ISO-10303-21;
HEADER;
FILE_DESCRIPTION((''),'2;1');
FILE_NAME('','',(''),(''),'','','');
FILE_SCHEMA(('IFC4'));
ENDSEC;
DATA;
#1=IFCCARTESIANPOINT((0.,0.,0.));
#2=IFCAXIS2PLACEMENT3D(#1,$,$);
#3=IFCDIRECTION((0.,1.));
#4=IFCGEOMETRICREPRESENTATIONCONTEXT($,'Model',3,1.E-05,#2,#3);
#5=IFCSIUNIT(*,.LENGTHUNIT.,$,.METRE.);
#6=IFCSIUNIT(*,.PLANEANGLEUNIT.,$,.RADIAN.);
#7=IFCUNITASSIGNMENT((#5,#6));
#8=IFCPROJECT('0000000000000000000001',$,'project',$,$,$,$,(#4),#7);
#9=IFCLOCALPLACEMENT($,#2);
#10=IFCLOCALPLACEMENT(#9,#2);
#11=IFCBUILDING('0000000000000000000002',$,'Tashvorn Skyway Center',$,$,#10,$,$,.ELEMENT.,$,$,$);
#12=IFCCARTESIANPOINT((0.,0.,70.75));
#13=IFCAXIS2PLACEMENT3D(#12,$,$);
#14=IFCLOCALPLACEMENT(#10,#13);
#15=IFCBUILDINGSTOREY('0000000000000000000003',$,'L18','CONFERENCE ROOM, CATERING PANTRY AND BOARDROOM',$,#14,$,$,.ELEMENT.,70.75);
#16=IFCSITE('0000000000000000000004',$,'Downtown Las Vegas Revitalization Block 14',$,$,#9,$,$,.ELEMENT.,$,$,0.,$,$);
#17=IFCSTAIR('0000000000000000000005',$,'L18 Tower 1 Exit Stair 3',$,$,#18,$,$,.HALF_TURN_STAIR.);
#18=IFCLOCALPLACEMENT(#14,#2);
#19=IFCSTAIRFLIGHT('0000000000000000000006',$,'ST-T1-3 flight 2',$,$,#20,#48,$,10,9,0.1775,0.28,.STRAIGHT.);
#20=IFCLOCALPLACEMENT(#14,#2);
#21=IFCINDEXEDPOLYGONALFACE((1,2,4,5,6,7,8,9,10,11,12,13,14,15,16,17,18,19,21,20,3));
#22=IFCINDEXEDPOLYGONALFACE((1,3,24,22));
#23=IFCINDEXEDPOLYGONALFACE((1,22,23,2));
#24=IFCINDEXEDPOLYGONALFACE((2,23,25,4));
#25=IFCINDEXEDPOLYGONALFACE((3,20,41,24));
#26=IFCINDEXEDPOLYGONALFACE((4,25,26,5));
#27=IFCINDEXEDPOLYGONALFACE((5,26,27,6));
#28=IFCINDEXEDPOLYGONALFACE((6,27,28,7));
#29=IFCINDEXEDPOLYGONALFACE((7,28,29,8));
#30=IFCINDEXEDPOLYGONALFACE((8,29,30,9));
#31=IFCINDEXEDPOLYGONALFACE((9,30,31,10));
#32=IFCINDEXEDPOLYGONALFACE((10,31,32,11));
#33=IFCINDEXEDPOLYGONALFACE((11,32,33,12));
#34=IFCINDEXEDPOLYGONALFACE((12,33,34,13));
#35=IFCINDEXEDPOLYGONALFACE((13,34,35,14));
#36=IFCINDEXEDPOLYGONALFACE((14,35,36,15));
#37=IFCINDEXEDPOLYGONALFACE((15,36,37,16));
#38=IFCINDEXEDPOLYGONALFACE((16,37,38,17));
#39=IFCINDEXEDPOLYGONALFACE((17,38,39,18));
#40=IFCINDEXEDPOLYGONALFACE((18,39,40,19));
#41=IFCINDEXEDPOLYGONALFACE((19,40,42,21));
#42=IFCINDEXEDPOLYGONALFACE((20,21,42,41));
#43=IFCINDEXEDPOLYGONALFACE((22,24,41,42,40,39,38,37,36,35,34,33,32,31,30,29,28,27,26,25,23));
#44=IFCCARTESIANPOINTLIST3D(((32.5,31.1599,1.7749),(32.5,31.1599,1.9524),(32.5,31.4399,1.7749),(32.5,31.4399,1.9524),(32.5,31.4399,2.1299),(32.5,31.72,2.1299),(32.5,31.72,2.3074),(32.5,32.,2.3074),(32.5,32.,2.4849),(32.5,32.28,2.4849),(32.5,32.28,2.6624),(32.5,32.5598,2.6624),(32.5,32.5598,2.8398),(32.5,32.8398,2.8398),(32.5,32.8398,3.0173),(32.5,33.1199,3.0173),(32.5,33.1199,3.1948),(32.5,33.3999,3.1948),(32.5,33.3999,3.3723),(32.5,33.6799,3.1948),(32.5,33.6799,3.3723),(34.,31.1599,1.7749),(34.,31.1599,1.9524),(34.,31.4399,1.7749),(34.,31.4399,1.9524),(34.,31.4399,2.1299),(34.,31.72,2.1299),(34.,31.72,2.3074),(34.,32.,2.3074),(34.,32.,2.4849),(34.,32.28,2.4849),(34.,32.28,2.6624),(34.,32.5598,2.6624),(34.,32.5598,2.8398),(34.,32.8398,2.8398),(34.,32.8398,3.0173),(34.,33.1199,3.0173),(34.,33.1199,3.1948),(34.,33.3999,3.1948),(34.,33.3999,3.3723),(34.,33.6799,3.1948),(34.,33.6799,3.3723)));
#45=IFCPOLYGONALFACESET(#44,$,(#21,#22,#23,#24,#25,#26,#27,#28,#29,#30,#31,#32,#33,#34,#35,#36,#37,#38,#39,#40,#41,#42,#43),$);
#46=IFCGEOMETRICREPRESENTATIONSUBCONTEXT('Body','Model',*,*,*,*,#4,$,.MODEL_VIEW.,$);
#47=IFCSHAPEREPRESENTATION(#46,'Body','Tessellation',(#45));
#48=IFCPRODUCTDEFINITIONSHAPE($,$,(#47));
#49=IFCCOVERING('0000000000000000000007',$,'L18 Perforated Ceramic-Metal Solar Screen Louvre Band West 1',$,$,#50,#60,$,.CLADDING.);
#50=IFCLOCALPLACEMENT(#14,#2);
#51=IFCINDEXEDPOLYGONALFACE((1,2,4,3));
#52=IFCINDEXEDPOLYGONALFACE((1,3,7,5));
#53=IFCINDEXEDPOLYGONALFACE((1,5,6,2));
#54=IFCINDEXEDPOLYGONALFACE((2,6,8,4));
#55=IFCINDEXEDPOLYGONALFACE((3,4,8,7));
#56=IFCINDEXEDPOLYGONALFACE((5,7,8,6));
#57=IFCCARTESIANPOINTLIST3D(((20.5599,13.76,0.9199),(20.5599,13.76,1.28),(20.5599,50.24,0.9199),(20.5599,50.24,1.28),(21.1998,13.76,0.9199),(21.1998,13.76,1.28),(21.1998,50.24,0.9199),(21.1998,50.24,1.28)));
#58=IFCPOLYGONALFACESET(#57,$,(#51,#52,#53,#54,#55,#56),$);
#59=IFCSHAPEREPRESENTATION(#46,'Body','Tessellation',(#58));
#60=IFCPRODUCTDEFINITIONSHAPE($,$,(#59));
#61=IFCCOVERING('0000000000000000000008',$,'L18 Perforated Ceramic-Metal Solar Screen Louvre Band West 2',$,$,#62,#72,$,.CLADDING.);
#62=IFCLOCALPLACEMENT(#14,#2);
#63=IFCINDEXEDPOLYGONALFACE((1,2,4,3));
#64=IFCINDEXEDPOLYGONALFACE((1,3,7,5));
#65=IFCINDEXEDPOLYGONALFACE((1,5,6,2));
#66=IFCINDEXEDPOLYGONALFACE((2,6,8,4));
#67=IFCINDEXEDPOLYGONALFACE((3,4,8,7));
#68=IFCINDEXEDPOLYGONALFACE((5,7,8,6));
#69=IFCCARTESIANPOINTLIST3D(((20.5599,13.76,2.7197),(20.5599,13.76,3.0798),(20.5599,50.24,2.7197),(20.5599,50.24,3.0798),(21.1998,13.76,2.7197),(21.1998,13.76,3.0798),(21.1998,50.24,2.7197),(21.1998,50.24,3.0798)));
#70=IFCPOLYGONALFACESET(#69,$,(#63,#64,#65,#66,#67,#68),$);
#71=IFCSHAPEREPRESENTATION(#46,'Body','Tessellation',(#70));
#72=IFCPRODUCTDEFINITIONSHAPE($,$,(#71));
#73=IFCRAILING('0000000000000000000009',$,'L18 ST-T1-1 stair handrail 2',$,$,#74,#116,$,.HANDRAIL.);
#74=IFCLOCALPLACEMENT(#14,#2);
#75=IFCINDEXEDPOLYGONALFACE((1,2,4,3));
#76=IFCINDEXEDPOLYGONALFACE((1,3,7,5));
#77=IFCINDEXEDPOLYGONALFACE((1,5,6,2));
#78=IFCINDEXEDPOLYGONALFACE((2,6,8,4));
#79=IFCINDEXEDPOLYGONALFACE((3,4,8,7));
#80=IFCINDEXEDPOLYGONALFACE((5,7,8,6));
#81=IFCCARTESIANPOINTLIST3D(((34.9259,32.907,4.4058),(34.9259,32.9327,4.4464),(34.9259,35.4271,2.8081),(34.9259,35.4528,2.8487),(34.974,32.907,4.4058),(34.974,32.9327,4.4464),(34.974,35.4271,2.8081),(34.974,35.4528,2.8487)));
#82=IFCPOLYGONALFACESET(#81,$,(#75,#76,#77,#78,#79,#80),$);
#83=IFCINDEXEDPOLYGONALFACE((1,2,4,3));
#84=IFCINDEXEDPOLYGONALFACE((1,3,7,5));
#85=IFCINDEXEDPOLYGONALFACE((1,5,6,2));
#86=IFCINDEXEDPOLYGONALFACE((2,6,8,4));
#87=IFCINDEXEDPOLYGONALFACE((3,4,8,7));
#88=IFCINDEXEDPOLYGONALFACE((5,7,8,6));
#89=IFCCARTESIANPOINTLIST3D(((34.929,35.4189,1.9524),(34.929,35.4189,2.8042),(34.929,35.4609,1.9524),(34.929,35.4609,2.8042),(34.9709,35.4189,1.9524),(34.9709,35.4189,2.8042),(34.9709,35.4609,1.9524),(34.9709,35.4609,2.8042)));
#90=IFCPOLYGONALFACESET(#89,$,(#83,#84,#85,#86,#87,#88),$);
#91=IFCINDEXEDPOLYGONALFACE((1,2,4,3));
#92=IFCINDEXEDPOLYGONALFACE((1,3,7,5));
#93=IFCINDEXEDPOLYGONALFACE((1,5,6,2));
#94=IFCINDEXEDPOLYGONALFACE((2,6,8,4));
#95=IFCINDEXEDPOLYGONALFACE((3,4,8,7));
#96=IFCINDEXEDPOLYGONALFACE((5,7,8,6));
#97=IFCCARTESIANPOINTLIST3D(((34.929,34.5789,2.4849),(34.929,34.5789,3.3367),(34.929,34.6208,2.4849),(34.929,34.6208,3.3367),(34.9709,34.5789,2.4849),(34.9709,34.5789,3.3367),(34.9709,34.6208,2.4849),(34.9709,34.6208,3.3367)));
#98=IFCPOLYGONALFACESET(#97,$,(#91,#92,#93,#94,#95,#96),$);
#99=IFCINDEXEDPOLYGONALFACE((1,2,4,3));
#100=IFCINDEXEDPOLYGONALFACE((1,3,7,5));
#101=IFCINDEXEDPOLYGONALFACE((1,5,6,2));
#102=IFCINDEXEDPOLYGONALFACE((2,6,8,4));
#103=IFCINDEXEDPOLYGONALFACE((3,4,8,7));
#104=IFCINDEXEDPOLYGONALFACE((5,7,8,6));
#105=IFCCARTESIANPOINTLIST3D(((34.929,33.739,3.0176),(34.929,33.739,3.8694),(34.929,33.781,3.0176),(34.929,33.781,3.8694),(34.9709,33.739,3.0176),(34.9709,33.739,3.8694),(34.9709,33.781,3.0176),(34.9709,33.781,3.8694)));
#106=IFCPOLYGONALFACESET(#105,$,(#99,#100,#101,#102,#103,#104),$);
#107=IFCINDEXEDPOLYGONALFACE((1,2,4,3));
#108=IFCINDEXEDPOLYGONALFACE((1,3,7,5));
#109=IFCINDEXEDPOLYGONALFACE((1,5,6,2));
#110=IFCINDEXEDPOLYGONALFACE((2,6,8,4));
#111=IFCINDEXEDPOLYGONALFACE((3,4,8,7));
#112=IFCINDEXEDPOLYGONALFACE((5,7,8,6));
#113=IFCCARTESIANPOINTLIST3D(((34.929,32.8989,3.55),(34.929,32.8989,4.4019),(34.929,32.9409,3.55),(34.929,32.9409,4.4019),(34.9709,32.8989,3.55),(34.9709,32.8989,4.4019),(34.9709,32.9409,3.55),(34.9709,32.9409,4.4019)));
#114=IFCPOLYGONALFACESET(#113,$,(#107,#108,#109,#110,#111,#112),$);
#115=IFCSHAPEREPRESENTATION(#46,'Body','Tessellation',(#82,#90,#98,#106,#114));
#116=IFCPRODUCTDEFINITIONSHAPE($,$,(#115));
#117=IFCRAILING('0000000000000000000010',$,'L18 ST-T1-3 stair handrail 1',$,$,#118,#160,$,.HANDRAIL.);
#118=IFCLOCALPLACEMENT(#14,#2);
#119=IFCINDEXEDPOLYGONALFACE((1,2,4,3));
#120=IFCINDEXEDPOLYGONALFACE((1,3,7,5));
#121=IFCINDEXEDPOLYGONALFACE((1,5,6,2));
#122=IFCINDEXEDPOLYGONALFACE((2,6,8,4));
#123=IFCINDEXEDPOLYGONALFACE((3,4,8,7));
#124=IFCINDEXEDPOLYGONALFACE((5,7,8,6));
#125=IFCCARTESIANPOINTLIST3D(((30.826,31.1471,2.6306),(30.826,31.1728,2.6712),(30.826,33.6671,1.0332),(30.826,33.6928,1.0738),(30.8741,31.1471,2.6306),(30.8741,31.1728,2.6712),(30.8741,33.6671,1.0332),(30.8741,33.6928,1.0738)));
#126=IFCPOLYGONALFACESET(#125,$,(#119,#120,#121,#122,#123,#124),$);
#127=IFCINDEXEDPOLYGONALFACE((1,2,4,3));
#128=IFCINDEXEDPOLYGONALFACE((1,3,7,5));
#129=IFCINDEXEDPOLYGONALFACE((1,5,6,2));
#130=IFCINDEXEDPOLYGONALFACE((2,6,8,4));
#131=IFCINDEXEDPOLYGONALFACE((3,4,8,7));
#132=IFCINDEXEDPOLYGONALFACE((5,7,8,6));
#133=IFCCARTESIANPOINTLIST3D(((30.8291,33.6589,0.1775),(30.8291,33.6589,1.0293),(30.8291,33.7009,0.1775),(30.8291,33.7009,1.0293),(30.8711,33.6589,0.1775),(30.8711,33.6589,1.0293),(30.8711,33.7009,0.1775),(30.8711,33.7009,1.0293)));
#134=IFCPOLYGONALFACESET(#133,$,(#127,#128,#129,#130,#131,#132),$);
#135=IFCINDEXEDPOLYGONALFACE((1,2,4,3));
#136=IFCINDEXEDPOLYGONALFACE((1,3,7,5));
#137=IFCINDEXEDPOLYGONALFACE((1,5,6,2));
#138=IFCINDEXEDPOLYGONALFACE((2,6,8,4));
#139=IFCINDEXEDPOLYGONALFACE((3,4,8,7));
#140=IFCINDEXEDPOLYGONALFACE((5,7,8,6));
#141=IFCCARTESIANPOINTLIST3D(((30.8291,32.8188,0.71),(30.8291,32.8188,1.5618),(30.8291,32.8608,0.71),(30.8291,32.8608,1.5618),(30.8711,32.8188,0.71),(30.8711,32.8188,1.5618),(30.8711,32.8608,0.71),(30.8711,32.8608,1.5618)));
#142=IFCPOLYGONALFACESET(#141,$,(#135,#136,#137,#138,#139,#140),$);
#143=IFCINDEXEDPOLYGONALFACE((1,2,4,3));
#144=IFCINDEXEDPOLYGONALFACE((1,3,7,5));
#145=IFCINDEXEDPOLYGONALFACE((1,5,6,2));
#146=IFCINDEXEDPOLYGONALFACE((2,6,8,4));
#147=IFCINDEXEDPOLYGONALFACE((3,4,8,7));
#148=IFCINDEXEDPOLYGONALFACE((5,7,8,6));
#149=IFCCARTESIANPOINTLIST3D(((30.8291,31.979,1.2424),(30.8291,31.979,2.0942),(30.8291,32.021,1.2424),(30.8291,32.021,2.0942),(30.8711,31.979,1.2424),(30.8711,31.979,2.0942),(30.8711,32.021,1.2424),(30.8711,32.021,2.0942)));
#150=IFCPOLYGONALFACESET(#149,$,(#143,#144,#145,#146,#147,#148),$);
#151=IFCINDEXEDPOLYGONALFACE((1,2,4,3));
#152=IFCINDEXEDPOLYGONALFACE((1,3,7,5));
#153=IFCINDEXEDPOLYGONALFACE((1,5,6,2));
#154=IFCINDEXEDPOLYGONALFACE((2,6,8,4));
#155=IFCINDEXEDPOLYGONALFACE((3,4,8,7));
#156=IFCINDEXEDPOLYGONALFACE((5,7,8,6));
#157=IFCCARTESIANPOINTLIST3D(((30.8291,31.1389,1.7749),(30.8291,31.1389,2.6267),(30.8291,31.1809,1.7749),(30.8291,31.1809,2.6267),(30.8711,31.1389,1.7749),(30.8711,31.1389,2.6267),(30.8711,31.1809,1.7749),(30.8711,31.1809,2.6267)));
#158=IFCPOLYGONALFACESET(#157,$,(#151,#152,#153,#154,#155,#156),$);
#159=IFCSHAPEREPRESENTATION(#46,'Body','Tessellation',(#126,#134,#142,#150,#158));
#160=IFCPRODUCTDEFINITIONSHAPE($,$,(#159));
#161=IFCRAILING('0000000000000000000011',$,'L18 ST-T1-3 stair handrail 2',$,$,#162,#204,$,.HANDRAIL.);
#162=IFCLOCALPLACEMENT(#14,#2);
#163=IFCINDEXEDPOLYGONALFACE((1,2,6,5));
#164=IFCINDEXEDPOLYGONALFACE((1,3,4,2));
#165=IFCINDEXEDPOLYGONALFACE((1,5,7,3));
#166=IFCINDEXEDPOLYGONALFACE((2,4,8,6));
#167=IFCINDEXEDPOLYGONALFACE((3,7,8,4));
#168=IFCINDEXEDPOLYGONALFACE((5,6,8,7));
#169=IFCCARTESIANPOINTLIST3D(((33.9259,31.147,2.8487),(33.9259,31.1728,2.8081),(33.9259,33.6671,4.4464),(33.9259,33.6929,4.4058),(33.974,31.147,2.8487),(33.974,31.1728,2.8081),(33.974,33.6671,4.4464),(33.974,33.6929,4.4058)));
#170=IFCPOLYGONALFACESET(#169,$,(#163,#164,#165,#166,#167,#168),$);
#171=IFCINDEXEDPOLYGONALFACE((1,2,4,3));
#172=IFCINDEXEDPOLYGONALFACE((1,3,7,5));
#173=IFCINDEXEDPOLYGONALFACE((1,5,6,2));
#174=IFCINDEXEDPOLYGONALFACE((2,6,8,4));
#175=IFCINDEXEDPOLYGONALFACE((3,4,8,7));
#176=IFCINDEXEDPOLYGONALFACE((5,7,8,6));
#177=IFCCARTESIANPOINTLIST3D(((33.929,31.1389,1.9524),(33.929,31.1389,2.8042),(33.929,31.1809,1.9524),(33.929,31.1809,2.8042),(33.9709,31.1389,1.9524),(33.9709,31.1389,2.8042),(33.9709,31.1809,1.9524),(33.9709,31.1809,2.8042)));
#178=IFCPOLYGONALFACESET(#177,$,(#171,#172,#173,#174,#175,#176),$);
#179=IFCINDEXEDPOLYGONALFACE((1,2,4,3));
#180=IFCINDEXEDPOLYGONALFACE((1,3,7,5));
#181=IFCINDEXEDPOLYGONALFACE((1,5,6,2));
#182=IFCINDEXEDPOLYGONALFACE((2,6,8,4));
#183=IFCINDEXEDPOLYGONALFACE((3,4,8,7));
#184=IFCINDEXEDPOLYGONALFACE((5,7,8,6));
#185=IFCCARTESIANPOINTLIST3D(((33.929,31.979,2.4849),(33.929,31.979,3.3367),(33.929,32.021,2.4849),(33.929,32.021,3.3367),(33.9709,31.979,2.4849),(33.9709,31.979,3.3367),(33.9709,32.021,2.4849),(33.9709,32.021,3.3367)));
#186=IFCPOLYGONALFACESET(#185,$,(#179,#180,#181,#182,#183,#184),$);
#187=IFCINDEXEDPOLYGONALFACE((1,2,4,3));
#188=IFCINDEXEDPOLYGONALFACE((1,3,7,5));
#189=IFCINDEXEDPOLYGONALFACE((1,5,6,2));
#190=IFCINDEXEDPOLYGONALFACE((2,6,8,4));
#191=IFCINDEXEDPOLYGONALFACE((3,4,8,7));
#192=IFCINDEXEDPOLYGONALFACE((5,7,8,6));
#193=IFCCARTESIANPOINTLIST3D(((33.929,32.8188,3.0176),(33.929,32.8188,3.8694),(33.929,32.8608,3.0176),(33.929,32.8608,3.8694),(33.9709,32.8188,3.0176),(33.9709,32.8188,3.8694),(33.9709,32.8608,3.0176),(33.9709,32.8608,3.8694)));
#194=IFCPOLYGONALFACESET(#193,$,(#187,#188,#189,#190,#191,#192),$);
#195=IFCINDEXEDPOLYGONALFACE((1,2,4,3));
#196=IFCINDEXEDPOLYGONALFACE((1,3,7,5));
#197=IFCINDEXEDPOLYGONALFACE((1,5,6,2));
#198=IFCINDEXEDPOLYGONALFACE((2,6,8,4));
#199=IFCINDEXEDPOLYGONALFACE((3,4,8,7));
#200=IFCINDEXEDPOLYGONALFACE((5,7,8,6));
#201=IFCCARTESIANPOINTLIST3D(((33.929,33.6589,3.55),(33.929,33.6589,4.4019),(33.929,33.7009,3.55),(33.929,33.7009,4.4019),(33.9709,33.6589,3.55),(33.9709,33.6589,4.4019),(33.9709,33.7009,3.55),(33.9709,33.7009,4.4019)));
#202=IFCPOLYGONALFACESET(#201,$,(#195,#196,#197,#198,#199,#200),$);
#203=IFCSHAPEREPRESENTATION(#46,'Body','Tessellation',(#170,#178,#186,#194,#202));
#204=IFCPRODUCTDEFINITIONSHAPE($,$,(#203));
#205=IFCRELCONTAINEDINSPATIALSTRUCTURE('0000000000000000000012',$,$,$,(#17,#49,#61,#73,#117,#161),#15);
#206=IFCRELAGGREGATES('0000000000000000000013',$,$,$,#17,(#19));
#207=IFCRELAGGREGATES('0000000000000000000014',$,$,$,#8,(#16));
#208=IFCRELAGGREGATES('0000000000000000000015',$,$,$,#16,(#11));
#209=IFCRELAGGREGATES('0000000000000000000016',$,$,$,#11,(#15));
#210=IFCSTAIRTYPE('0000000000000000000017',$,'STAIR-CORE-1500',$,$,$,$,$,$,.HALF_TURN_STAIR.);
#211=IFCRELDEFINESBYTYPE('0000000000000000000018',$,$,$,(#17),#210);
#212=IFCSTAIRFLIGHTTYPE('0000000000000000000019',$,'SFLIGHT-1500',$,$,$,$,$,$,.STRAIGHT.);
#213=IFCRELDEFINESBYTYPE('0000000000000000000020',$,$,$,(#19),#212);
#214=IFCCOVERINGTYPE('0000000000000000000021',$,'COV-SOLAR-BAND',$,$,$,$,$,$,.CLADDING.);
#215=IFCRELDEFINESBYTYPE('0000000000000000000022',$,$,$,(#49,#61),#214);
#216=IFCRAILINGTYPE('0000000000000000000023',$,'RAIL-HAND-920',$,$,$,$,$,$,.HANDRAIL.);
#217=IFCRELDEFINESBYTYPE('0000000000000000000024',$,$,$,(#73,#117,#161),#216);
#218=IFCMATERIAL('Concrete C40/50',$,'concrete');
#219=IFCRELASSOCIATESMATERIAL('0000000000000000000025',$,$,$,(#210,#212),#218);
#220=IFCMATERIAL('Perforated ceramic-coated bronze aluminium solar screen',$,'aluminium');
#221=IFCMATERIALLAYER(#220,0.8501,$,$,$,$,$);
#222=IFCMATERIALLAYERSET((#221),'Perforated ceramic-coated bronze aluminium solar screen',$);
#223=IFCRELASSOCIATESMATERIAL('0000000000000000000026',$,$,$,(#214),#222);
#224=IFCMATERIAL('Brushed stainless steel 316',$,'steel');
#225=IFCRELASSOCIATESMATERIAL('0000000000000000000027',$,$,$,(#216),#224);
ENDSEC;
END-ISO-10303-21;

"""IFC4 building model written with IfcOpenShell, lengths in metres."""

from ifc_helpers import new_model, si_unit, direction, frame, origin, origin_2d, place, context, subcontext, project, spatial, polyline, rectangle, outline, extrude, material, layer, layer_set, type_object, element, aggregate, save


model = new_model("IFC4")

# Units and contexts
model_context = context("Model", 3, precision=1e-05, world=origin(), true_north=direction((0.0, 1.0)))
body_context = subcontext(model_context, "Body", "Model", "MODEL_VIEW")
ifc_project = project(units=[si_unit("LENGTHUNIT", "METRE"), si_unit("PLANEANGLEUNIT", "RADIAN")], contexts=[model_context])

# Site, building, storey
site_placement = place(None, origin())
site = spatial("IfcSite", under=ifc_project, at=site_placement, Name="Downtown Las Vegas Revitalization Block 14", CompositionType="ELEMENT", RefElevation=0.0)
building_placement = place(site_placement, origin())
building = spatial("IfcBuilding", under=site, at=building_placement, Name="Tashvorn Skyway Center", CompositionType="ELEMENT")
storey_placement = place(building_placement, frame((0.0, 0.0, 70.75)))
storey = spatial("IfcBuildingStorey", under=building, at=storey_placement, Name="L18", Description="CONFERENCE ROOM, CATERING PANTRY AND BOARDROOM", CompositionType="ELEMENT", Elevation=70.75)

# Shared definitions
ifc_material_1 = material(Name="Concrete C40/50", Category="concrete")

# Stair, stair flight
stair_type = type_object("IfcStairType", Name="STAIR-CORE-1500", PredefinedType="HALF_TURN_STAIR", material=ifc_material_1)
stair_flight_type = type_object("IfcStairFlightType", Name="SFLIGHT-1500", PredefinedType="STRAIGHT", material=ifc_material_1)
stair_1_placement = place(storey_placement, origin())
stair_1 = element("IfcStair", 1, at=stair_1_placement, inside=storey, type_object=stair_type, Name="L18 Tower 1 Exit Stair 3", PredefinedType="HALF_TURN_STAIR")
stair_flight_1_placement = place(storey_placement, frame((33.25, 31.1599, 1.7749), z_axis=(0.0, 0.0, 1.0), x_axis=(0.0, 1.0, 0.0)))
stair_flight_1 = element("IfcStairFlight", 2, at=stair_flight_1_placement, type_object=stair_flight_type, Name="ST-T1-3 flight 2", NumberOfRisers=10, NumberOfTreads=9, PredefinedType="STRAIGHT", RiserHeight=0.1775, TreadLength=0.28, context=body_context, shape_type="SweptSolid", body=[
    extrude(outline(polyline([(0.0, 0.0), (0.0, 0.1775), (0.28, 0.1775), (0.28, 0.355), (0.5601, 0.355), (0.5601, 0.5325), (0.8401, 0.5325), (0.8401, 0.71), (1.1201, 0.71), (1.1201, 0.8875), (1.3999, 0.8875), (1.3999, 1.0649), (1.6799, 1.0649), (1.6799, 1.2424), (1.96, 1.2424), (1.96, 1.4199), (2.24, 1.4199), (2.24, 1.5974), (2.52, 1.5974), (2.52, 1.7749), (2.52, 1.4199), (0.28, 0.0), (0.0, 0.0)])), frame((0.0, 0.75, 0.0), z_axis=(0.0, -1.0, 0.0), x_axis=(1.0, 0.0, 0.0)), (0.0, 0.0, 1.0), 1.5),
])
aggregate(stair_1, [stair_flight_1])

# Coverings
ifc_material_2 = material(Name="Perforated ceramic-coated bronze aluminium solar screen", Category="aluminium")
ifc_layer_1 = layer(ifc_material_2, 0.8501)
ifc_layer_set_1 = layer_set([ifc_layer_1], Name="Perforated ceramic-coated bronze aluminium solar screen")
covering_type = type_object("IfcCoveringType", Name="COV-SOLAR-BAND", PredefinedType="CLADDING", material=ifc_layer_set_1)
for number, where, z_axis, x_axis, name in (
    (3, (20.8799, 32.0, 0.9199), (0.0, 0.0, 1.0), (0.0, 1.0, 0.0), "L18 Perforated Ceramic-Metal Solar Screen Louvre Band West 1"),
    (4, (20.8799, 32.0, 2.7197), (0.0, 0.0, 1.0), (0.0, 1.0, 0.0), "L18 Perforated Ceramic-Metal Solar Screen Louvre Band West 2"),
):
    element("IfcCovering", number, at=place(storey_placement, frame(where, z_axis=z_axis, x_axis=x_axis)), inside=storey, type_object=covering_type, Name=name, PredefinedType="CLADDING", context=body_context, shape_type="SweptSolid", body=[
        extrude(rectangle(XDim=36.48, YDim=0.6399, at=origin_2d()), origin(), (0.0, 0.0, 1.0), 0.3601),
    ])

# Railings
ifc_material_3 = material(Name="Brushed stainless steel 316", Category="steel")
railing_type_1 = type_object("IfcRailingType", Name="RAIL-HAND-920", PredefinedType="HANDRAIL", material=ifc_material_3)
railing_1_placement = place(storey_placement, frame((34.95, 35.4399, 1.9524)))
element("IfcRailing", 5, at=railing_1_placement, inside=storey, type_object=railing_type_1, Name="L18 ST-T1-1 stair handrail 2", PredefinedType="HANDRAIL", context=body_context, shape_type="SweptSolid", body=[
    extrude(rectangle(XDim=0.0481, YDim=0.0481, at=origin_2d()), frame((0.0, 0.0, 0.876), z_axis=(0.0, -0.84457, 0.535445), x_axis=(1.0, 0.0, 0.0)), (0.0, 0.0, 1.0), 2.9839),
    extrude(rectangle(XDim=0.042, YDim=0.042, at=origin_2d()), origin(), (0.0, 0.0, 1.0), 0.8518),
    extrude(rectangle(XDim=0.042, YDim=0.042, at=origin_2d()), frame((0.0, -0.8401, 0.5325)), (0.0, 0.0, 1.0), 0.8518),
    extrude(rectangle(XDim=0.042, YDim=0.042, at=origin_2d()), frame((0.0, -1.6799, 1.0652)), (0.0, 0.0, 1.0), 0.8518),
    extrude(rectangle(XDim=0.042, YDim=0.042, at=origin_2d()), frame((0.0, -2.52, 1.5977)), (0.0, 0.0, 1.0), 0.8518),
])
railing_2_placement = place(storey_placement, frame((30.8501, 33.6799, 0.1775)))
element("IfcRailing", 6, at=railing_2_placement, inside=storey, type_object=railing_type_1, Name="L18 ST-T1-3 stair handrail 1", PredefinedType="HANDRAIL", context=body_context, shape_type="SweptSolid", body=[
    extrude(rectangle(XDim=0.0481, YDim=0.0481, at=origin_2d()), frame((0.0, 0.0, 0.876), z_axis=(0.0, -0.844607, 0.535387), x_axis=(1.0, 0.0, 0.0)), (0.0, 0.0, 1.0), 2.9836),
    extrude(rectangle(XDim=0.042, YDim=0.042, at=origin_2d()), origin(), (0.0, 0.0, 1.0), 0.8518),
    extrude(rectangle(XDim=0.042, YDim=0.042, at=origin_2d()), frame((0.0, -0.8401, 0.5325)), (0.0, 0.0, 1.0), 0.8518),
    extrude(rectangle(XDim=0.042, YDim=0.042, at=origin_2d()), frame((0.0, -1.6799, 1.0649)), (0.0, 0.0, 1.0), 0.8518),
    extrude(rectangle(XDim=0.042, YDim=0.042, at=origin_2d()), frame((0.0, -2.52, 1.5974)), (0.0, 0.0, 1.0), 0.8518),
])
railing_3_placement = place(storey_placement, frame((33.95, 31.1599, 1.9524)))
element("IfcRailing", 7, at=railing_3_placement, inside=storey, type_object=railing_type_1, Name="L18 ST-T1-3 stair handrail 2", PredefinedType="HANDRAIL", context=body_context, shape_type="SweptSolid", body=[
    extrude(rectangle(XDim=0.0481, YDim=0.0481, at=origin_2d()), frame((0.0, 0.0, 0.876), z_axis=(0.0, 0.84457, 0.535445), x_axis=(-1.0, 0.0, 0.0)), (0.0, 0.0, 1.0), 2.9839),
    extrude(rectangle(XDim=0.042, YDim=0.042, at=origin_2d()), origin(), (0.0, 0.0, 1.0), 0.8518),
    extrude(rectangle(XDim=0.042, YDim=0.042, at=origin_2d()), frame((0.0, 0.8401, 0.5325)), (0.0, 0.0, 1.0), 0.8518),
    extrude(rectangle(XDim=0.042, YDim=0.042, at=origin_2d()), frame((0.0, 1.6799, 1.0652)), (0.0, 0.0, 1.0), 0.8518),
    extrude(rectangle(XDim=0.042, YDim=0.042, at=origin_2d()), frame((0.0, 2.52, 1.5977)), (0.0, 0.0, 1.0), 0.8518),
])

save(model, "model.ifc")
